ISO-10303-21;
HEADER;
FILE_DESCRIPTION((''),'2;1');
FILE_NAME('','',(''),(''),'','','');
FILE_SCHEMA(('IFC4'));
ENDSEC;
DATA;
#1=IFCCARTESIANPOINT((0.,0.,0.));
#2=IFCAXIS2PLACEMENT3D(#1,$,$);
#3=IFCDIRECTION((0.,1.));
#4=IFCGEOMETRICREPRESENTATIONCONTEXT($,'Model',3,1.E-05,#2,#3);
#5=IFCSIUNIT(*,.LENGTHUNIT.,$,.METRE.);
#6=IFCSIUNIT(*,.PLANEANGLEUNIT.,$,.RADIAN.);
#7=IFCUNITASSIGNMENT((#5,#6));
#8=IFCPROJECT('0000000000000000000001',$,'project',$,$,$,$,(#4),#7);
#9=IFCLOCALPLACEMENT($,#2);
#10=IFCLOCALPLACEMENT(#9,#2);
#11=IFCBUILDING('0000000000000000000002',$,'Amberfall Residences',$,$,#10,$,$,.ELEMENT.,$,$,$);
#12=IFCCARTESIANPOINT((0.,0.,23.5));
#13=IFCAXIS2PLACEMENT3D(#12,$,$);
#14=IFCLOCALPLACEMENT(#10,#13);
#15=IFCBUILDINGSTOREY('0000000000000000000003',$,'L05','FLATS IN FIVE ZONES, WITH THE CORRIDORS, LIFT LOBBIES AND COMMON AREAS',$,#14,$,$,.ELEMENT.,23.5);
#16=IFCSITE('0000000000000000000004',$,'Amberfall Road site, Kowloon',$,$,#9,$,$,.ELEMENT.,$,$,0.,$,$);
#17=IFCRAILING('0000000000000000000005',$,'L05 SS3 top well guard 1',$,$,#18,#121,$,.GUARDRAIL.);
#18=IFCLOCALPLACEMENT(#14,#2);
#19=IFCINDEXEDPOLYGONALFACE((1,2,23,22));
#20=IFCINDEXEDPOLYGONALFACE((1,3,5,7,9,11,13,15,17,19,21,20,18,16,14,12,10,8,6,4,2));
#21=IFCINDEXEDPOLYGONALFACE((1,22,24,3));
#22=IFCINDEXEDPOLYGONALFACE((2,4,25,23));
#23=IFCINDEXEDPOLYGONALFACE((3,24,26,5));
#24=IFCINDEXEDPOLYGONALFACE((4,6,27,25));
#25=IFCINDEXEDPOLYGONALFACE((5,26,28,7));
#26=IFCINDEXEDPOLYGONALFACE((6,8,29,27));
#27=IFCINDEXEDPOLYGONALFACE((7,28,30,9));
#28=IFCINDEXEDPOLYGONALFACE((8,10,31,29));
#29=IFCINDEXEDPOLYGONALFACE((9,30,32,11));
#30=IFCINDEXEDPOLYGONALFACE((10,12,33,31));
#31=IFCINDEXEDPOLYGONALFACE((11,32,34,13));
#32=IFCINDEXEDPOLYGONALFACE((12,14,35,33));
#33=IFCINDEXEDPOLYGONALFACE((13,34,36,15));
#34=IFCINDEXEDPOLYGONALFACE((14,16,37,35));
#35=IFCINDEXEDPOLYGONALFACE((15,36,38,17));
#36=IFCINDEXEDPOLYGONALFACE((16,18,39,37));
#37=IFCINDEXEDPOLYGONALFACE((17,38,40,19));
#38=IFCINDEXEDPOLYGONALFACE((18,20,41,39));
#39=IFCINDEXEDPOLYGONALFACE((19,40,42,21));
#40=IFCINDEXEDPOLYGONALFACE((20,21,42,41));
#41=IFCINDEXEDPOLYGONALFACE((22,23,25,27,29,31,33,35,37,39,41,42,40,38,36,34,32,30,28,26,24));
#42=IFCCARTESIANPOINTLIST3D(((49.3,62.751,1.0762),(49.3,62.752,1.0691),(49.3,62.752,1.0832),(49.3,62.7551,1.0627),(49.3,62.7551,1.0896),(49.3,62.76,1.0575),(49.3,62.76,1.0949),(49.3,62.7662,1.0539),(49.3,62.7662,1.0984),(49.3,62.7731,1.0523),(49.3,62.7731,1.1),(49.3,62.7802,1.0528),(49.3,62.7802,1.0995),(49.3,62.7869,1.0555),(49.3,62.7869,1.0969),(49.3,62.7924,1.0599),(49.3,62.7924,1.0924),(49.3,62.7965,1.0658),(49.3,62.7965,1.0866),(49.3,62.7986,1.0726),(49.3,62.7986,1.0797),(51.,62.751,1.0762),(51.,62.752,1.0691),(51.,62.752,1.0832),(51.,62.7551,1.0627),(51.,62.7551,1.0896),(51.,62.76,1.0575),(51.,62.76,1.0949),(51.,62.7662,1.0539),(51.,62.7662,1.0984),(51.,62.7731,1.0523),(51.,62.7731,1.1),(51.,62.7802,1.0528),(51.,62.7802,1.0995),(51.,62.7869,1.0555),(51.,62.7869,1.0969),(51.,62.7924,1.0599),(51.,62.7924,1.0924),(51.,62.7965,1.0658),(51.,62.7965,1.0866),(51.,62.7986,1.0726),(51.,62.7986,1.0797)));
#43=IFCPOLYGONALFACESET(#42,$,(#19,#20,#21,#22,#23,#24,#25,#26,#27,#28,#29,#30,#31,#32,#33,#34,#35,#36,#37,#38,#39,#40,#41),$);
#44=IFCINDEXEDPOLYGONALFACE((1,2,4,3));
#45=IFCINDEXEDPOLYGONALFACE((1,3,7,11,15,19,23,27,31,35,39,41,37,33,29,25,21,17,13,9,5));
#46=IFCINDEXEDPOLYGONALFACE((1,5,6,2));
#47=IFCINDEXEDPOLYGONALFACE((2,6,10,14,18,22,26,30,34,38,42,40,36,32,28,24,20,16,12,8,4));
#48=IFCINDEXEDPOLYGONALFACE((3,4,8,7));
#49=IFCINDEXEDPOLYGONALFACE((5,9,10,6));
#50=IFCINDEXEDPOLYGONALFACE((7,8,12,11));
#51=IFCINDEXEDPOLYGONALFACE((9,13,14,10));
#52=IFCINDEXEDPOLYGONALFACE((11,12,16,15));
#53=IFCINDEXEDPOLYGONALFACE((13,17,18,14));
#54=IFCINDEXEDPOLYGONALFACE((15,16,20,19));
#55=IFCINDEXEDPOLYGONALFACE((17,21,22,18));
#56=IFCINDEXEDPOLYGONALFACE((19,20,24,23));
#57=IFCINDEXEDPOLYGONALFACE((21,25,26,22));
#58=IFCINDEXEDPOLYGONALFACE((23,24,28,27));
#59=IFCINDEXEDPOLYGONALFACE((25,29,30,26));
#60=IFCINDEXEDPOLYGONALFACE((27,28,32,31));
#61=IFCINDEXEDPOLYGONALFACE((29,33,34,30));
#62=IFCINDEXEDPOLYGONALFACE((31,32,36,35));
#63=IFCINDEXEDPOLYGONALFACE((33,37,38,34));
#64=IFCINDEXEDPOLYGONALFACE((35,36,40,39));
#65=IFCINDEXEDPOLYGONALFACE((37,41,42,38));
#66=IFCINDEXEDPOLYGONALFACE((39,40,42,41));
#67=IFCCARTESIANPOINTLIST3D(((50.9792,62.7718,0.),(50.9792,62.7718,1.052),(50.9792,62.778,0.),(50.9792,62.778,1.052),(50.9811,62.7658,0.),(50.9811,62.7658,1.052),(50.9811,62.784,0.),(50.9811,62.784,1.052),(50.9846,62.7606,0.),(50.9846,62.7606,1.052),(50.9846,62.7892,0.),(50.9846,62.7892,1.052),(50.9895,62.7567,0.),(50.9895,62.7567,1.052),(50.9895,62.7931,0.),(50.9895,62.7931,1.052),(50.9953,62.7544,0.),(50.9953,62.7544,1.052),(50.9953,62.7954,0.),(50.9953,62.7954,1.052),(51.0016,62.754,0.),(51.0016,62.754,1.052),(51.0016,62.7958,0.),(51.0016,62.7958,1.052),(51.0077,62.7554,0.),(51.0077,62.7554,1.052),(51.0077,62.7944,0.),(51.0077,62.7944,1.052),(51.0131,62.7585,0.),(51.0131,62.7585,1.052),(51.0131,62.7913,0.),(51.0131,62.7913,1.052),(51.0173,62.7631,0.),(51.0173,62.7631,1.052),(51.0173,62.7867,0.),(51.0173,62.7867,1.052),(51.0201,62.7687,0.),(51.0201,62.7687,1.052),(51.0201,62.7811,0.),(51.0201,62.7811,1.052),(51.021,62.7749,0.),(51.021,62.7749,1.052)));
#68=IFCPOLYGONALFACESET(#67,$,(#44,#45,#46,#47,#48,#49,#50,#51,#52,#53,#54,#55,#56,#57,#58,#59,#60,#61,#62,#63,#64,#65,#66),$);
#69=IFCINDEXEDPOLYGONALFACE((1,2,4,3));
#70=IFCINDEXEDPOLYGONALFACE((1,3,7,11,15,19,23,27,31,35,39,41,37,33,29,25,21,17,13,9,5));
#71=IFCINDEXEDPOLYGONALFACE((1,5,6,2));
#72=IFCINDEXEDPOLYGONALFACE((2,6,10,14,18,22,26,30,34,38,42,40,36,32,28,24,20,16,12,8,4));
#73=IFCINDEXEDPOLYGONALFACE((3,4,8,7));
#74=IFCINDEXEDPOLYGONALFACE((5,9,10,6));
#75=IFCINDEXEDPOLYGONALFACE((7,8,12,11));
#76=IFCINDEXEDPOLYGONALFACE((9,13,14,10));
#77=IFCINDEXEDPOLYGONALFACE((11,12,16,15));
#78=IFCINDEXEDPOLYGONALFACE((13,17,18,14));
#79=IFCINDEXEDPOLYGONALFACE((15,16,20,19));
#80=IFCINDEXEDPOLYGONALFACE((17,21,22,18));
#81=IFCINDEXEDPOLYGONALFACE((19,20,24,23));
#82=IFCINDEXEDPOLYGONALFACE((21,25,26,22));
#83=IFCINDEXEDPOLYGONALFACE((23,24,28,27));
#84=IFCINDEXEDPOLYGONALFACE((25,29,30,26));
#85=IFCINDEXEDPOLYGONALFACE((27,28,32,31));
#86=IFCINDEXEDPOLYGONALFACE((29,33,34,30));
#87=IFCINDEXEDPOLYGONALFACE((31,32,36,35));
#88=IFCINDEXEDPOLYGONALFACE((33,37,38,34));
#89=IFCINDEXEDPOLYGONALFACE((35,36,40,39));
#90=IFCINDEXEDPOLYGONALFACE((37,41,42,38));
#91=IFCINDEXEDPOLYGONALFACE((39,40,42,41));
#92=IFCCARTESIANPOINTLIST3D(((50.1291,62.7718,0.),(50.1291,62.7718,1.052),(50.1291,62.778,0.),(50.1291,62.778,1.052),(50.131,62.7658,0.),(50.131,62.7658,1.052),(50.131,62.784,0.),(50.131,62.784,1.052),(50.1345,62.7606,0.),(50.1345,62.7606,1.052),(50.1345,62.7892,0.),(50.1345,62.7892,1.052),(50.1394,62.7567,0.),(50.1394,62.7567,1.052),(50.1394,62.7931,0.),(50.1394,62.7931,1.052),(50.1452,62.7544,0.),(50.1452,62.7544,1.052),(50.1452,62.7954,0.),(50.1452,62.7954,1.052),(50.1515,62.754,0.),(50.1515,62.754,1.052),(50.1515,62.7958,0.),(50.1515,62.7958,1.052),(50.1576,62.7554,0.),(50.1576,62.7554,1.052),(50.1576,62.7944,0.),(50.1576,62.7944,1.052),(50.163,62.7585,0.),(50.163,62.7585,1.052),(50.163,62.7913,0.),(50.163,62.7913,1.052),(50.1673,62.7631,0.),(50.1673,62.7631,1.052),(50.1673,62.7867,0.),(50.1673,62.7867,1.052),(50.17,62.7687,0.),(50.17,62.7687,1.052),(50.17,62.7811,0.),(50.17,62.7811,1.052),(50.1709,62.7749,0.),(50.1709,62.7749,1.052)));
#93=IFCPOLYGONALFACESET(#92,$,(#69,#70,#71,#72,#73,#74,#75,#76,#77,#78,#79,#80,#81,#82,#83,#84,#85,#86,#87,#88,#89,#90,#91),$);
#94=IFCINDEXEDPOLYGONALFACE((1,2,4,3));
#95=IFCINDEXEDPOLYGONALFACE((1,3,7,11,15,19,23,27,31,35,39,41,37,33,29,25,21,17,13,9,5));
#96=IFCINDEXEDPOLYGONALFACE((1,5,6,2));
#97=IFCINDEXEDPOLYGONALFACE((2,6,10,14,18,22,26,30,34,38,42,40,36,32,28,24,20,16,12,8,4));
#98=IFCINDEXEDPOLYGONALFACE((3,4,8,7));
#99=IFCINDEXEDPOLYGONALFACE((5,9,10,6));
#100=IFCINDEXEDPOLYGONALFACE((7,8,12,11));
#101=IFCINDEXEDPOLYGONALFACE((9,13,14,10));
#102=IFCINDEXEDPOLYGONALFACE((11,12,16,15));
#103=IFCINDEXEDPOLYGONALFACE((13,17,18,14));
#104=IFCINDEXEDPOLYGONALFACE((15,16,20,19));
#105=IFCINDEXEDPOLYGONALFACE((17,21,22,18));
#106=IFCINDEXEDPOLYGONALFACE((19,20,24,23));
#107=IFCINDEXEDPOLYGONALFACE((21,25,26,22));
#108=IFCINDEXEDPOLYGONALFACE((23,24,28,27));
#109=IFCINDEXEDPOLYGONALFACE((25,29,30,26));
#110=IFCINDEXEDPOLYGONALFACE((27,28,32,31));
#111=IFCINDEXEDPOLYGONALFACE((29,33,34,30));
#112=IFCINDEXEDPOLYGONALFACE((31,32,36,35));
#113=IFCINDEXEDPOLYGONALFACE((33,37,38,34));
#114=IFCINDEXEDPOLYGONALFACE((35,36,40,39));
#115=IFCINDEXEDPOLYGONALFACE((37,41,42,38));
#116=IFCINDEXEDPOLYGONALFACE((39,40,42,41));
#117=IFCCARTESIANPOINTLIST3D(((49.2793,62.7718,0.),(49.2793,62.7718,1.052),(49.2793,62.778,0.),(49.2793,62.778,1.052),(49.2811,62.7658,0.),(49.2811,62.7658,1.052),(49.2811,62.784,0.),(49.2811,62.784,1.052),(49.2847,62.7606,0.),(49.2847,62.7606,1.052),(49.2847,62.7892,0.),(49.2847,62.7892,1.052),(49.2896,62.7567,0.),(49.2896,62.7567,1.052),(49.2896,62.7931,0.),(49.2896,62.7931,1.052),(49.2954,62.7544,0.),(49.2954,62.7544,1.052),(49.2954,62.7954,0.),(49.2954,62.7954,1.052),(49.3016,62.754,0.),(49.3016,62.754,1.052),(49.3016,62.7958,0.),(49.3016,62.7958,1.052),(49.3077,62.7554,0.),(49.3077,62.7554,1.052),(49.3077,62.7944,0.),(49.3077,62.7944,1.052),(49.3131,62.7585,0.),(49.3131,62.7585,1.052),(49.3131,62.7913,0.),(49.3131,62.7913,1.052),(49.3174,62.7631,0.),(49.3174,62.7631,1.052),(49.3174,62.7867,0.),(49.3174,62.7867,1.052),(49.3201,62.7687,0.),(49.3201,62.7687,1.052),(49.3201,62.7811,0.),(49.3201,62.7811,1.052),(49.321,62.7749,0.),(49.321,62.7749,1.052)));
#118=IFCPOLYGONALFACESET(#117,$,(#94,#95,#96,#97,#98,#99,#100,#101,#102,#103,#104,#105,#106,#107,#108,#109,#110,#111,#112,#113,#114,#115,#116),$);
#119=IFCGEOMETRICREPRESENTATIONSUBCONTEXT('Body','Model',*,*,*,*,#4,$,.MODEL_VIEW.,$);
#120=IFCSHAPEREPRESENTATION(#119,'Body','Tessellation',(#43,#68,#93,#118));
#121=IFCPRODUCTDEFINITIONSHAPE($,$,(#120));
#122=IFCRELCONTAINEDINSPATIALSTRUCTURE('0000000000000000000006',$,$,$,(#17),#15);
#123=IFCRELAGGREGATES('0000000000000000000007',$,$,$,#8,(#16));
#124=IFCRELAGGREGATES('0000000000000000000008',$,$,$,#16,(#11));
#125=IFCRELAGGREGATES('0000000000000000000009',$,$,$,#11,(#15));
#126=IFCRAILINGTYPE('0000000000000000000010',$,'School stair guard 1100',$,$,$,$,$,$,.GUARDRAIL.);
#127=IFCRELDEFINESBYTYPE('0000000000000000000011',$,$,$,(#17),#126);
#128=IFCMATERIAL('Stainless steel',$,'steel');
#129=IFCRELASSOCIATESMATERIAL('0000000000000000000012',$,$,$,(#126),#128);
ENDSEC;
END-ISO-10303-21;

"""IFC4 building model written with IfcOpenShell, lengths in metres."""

from ifc_helpers import new_model, si_unit, direction, frame, origin, origin_2d, place, context, subcontext, project, spatial, circle, extrude, material, type_object, element, save


model = new_model("IFC4")

# Units and contexts
model_context = context("Model", 3, precision=1e-05, world=origin(), true_north=direction((0.0, 1.0)))
body_context = subcontext(model_context, "Body", "Model", "MODEL_VIEW")
ifc_project = project(units=[si_unit("LENGTHUNIT", "METRE"), si_unit("PLANEANGLEUNIT", "RADIAN")], contexts=[model_context])

# Site, building, storey
site_placement = place(None, origin())
site = spatial("IfcSite", under=ifc_project, at=site_placement, Name="Amberfall Road site, Kowloon", CompositionType="ELEMENT", RefElevation=0.0)
building_placement = place(site_placement, origin())
building = spatial("IfcBuilding", under=site, at=building_placement, Name="Amberfall Residences", CompositionType="ELEMENT")
storey_placement = place(building_placement, frame((0.0, 0.0, 23.5)))
storey = spatial("IfcBuildingStorey", under=building, at=storey_placement, Name="L05", Description="FLATS IN FIVE ZONES, WITH THE CORRIDORS, LIFT LOBBIES AND COMMON AREAS", CompositionType="ELEMENT", Elevation=23.5)

# Railing
ifc_material_1 = material(Name="Stainless steel", Category="steel")
railing_type_1 = type_object("IfcRailingType", Name="School stair guard 1100", PredefinedType="GUARDRAIL", material=ifc_material_1)
railing_1_placement = place(storey_placement, frame((51.0, 62.7749, 0.0)))
element("IfcRailing", 1, at=railing_1_placement, inside=storey, type_object=railing_type_1, Name="L05 SS3 top well guard 1", PredefinedType="GUARDRAIL", context=body_context, shape_type="SweptSolid", body=[
    extrude(circle(Radius=0.0239, at=origin_2d()), frame((0.0, 0.0, 1.0762), z_axis=(-1.0, 0.0, 0.0), x_axis=(0.0, -1.0, 0.0)), (0.0, 0.0, 1.0), 1.7),
    extrude(circle(Radius=0.021, at=origin_2d()), origin(), (0.0, 0.0, 1.0), 1.052),
    extrude(circle(Radius=0.021, at=origin_2d()), frame((-0.8501, 0.0, 0.0)), (0.0, 0.0, 1.0), 1.052),
    extrude(circle(Radius=0.021, at=origin_2d()), frame((-1.7, 0.0, 0.0)), (0.0, 0.0, 1.0), 1.052),
])

save(model, "model.ifc")
